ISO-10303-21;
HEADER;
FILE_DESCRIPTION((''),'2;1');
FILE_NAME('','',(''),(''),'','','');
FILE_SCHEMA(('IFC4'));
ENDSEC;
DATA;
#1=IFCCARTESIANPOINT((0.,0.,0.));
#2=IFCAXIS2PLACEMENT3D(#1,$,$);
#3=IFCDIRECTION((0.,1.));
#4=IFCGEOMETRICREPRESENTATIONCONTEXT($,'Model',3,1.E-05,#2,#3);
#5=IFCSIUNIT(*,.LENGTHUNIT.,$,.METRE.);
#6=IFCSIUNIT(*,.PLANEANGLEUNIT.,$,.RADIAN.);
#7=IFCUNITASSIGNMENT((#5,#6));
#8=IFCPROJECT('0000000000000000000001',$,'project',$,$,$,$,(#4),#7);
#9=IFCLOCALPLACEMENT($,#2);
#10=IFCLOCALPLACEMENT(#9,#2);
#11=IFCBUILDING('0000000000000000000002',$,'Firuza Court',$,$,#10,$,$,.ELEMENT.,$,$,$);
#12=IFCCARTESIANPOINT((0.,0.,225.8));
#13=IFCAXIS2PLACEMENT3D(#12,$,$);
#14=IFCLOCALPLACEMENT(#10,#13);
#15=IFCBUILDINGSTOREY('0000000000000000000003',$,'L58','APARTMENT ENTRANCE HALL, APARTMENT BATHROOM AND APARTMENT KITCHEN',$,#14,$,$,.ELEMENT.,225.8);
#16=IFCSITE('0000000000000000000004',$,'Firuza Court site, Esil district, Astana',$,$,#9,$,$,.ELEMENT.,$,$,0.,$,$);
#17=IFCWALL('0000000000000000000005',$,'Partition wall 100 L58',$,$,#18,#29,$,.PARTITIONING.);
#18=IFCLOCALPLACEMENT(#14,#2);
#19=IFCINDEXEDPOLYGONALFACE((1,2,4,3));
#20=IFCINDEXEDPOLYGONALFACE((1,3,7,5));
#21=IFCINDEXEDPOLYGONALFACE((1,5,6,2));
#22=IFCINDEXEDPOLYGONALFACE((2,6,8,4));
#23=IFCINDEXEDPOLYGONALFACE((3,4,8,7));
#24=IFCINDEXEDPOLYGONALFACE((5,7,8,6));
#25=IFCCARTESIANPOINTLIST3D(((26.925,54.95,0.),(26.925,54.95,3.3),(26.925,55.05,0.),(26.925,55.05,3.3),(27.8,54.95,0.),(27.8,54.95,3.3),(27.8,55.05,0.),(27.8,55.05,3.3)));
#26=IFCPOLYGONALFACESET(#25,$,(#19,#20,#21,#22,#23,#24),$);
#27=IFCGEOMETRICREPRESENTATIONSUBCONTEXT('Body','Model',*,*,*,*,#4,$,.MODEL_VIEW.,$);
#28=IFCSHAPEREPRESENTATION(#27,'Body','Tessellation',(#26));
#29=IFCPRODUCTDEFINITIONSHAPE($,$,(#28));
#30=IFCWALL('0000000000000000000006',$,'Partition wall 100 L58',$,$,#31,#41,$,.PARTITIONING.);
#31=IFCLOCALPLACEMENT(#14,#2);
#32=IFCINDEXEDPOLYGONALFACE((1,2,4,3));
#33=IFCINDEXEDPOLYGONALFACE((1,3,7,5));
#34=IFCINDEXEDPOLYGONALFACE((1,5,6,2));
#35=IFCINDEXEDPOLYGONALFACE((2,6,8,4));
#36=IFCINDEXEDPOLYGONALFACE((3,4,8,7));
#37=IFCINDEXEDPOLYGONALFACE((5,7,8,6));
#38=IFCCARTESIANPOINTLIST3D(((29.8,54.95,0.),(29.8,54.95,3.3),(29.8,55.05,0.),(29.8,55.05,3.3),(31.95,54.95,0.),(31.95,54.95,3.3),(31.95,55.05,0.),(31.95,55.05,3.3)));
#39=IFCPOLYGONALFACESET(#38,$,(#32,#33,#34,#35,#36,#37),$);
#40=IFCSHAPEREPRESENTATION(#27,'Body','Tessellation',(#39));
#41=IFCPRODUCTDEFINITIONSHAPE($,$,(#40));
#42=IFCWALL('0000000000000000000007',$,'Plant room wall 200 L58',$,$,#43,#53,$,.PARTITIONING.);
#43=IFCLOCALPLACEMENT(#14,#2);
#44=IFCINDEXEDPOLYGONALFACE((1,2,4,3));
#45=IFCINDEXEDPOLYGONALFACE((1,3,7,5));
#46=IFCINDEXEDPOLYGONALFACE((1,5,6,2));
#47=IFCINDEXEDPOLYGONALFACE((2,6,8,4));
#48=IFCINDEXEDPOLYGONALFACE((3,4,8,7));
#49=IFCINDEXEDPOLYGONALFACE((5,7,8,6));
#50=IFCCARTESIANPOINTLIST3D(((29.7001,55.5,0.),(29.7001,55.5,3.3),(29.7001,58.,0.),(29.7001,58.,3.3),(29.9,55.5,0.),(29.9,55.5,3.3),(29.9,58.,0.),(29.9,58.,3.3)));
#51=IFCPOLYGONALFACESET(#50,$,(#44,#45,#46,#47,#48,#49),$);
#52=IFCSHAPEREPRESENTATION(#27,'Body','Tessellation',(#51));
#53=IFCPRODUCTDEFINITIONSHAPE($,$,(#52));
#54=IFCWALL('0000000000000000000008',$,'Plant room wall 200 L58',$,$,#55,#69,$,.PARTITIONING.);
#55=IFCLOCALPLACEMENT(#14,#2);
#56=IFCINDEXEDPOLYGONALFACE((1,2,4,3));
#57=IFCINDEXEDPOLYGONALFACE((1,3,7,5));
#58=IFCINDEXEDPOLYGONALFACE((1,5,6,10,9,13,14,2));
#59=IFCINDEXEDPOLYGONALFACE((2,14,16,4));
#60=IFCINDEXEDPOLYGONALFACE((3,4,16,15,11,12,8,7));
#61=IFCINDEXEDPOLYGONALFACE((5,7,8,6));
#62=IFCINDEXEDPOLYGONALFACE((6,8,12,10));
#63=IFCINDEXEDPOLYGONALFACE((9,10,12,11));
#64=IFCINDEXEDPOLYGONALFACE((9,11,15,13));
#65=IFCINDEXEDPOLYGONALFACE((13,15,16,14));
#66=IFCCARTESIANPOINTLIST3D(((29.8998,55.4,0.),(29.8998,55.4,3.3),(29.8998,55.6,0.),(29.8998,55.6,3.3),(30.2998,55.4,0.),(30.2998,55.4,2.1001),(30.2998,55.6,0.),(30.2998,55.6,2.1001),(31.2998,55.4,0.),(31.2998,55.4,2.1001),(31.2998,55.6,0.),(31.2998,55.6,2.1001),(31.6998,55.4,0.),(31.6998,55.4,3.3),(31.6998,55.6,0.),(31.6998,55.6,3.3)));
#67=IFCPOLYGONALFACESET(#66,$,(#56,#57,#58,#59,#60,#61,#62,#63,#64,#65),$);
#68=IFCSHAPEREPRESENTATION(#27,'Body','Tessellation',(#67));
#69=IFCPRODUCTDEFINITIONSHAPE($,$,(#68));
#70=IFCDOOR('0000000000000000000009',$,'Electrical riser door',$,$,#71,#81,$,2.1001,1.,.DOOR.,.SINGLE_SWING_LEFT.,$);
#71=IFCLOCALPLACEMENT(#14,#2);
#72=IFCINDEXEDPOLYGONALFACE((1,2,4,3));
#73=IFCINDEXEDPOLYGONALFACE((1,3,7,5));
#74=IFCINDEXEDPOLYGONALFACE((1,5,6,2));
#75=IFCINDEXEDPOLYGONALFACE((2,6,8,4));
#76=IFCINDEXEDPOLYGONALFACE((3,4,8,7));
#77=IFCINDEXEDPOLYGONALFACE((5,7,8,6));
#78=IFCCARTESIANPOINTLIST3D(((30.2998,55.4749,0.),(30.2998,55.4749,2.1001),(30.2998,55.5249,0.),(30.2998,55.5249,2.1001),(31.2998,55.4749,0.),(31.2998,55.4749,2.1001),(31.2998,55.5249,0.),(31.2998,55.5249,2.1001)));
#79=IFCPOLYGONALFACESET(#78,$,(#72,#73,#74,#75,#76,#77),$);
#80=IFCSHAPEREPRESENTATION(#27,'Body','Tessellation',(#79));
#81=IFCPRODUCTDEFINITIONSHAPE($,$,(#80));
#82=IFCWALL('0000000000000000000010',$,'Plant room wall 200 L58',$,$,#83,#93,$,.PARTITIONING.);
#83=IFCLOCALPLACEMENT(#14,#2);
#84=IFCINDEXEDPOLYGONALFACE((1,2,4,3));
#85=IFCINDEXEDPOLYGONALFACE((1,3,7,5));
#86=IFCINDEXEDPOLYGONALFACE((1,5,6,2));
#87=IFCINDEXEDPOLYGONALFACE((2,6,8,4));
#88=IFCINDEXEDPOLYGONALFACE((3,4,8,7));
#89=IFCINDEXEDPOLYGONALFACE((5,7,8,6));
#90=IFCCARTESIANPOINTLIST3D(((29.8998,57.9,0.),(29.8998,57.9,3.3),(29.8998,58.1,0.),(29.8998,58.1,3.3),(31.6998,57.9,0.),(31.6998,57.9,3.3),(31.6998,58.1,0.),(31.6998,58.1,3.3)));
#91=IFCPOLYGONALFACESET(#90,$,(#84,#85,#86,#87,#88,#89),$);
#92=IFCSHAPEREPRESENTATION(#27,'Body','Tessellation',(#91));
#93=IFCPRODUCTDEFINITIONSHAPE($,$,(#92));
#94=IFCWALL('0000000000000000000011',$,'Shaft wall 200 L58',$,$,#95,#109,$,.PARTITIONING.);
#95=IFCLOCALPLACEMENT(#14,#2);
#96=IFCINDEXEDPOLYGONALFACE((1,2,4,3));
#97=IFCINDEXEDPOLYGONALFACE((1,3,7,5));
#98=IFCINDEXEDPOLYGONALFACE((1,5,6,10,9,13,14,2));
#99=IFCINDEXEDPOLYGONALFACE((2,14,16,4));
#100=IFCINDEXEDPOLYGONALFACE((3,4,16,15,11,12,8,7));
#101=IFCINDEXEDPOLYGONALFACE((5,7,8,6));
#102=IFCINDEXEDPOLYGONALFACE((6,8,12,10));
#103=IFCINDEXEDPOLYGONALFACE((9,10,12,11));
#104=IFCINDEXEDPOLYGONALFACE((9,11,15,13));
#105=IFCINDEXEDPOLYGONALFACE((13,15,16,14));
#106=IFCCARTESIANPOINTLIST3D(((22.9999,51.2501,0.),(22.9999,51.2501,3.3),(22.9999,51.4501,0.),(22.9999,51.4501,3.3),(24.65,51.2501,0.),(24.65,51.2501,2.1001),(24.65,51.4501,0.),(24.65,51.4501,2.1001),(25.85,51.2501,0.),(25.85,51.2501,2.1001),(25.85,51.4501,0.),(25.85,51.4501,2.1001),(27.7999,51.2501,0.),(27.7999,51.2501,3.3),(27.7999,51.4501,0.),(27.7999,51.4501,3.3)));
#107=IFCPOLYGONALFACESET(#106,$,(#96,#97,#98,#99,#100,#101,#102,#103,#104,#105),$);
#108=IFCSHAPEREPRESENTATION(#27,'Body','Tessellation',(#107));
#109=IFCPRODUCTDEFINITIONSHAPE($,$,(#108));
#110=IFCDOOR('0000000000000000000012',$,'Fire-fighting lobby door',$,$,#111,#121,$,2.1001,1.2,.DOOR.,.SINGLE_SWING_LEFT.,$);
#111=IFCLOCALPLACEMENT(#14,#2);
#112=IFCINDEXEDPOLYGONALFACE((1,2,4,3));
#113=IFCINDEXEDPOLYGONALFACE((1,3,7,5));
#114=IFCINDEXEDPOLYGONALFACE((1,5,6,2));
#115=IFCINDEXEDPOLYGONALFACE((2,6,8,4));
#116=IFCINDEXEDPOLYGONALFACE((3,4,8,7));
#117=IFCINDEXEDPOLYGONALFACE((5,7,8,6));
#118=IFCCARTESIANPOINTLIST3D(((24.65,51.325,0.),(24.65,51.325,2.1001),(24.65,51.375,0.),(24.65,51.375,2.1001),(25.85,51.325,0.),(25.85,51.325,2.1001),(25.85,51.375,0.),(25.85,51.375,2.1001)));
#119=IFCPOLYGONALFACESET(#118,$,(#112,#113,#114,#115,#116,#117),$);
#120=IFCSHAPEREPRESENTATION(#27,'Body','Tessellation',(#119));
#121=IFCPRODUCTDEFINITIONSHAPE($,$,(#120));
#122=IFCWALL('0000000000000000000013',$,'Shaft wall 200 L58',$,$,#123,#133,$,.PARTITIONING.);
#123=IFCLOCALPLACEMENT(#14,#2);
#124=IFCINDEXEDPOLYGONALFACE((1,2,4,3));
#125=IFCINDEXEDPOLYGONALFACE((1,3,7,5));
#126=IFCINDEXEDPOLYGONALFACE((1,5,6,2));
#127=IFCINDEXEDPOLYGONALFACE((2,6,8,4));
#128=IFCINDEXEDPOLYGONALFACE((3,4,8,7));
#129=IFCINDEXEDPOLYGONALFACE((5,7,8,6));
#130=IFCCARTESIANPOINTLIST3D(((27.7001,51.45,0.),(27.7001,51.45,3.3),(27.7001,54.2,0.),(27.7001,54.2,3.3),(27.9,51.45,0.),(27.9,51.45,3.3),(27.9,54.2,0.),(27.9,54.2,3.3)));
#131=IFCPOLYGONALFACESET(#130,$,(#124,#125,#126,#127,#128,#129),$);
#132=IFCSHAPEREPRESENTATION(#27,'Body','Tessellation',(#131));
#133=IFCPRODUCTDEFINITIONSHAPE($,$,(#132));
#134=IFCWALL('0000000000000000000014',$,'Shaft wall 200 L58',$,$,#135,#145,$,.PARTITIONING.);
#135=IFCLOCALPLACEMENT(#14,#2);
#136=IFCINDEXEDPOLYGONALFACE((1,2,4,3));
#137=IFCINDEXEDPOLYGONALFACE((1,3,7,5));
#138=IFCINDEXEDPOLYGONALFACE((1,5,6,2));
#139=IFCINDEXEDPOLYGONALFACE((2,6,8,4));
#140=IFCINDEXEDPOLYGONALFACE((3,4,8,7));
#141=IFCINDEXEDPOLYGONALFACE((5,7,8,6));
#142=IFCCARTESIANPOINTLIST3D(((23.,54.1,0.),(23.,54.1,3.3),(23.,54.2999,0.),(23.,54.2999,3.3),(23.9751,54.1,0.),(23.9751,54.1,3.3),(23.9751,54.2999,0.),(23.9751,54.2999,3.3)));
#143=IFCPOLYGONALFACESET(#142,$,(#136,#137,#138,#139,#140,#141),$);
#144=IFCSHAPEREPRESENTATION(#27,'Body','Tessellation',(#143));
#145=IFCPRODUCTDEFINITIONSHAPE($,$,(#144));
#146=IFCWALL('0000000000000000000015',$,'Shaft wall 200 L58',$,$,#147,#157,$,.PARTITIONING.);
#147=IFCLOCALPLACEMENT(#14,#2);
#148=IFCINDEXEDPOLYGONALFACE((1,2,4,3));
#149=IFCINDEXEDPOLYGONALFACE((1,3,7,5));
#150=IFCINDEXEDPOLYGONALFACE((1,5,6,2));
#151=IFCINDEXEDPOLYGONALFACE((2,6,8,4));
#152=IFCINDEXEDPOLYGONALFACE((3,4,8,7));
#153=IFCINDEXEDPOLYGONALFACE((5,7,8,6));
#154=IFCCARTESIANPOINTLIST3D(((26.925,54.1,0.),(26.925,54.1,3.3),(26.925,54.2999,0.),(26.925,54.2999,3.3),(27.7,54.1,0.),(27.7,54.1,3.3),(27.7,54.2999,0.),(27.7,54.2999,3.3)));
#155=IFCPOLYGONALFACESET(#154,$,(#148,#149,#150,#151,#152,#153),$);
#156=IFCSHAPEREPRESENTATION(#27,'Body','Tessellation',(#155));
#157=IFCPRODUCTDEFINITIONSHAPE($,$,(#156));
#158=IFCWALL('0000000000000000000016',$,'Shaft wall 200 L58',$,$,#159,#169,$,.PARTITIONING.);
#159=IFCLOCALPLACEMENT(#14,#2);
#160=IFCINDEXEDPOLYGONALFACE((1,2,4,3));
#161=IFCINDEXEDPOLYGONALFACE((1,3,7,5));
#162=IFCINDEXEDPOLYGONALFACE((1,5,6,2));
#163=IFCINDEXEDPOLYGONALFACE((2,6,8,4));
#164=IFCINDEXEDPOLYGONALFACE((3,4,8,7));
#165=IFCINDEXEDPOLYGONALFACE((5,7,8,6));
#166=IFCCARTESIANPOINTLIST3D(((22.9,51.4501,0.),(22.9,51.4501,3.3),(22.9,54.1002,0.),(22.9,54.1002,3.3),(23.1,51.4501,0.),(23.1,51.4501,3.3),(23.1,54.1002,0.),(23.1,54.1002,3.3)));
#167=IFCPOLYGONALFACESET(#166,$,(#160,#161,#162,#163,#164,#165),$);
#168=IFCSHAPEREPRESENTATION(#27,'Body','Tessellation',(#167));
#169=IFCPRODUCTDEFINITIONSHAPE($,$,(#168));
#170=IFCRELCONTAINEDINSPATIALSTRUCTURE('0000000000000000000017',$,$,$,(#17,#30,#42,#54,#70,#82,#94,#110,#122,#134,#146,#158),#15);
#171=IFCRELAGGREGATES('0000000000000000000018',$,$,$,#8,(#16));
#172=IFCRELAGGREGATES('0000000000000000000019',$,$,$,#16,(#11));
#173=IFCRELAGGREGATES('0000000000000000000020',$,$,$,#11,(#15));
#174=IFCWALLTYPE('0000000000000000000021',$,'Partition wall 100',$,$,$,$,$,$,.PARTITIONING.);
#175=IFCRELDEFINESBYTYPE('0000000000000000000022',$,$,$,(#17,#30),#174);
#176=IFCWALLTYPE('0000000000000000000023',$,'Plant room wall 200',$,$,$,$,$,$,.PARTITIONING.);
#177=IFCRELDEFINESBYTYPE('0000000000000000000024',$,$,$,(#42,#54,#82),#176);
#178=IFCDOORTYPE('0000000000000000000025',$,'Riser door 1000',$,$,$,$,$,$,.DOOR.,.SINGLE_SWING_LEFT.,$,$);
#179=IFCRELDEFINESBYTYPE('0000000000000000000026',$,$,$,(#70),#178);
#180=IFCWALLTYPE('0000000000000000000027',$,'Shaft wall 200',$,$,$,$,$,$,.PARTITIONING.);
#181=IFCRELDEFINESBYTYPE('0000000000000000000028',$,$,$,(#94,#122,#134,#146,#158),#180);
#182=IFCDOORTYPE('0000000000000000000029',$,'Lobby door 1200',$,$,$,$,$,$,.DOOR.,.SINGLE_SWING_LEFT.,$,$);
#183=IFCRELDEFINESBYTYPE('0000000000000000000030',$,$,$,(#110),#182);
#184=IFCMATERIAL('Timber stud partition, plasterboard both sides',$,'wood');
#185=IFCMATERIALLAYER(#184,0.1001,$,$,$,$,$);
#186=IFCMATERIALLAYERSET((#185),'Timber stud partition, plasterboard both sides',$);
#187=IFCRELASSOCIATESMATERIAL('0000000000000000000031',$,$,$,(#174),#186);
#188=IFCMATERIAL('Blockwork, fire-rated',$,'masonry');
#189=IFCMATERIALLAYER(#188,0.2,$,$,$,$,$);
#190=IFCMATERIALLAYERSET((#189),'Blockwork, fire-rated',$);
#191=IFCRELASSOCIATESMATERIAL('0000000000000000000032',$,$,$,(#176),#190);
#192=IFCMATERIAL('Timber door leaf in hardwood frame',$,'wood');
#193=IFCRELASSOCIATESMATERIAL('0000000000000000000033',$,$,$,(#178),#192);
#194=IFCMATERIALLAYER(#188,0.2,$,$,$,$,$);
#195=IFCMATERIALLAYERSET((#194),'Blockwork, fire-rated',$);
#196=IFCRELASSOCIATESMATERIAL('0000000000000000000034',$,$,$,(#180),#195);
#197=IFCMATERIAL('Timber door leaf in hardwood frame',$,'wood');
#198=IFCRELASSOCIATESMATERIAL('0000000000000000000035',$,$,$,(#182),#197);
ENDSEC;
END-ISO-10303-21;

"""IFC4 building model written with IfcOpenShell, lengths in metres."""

from ifc_helpers import new_model, si_unit, direction, frame, frame_2d, origin, place, context, subcontext, project, spatial, rectangle, extrude, material, layer, layer_set, type_object, element, fill, save


model = new_model("IFC4")

# Units and contexts
model_context = context("Model", 3, precision=1e-05, world=origin(), true_north=direction((0.0, 1.0)))
body_context = subcontext(model_context, "Body", "Model", "MODEL_VIEW")
ifc_project = project(units=[si_unit("LENGTHUNIT", "METRE"), si_unit("PLANEANGLEUNIT", "RADIAN")], contexts=[model_context])

# Site, building, storey
site_placement = place(None, origin())
site = spatial("IfcSite", under=ifc_project, at=site_placement, Name="Firuza Court site, Esil district, Astana", CompositionType="ELEMENT", RefElevation=0.0)
building_placement = place(site_placement, origin())
building = spatial("IfcBuilding", under=site, at=building_placement, Name="Firuza Court", CompositionType="ELEMENT")
storey_placement = place(building_placement, frame((0.0, 0.0, 225.8)))
storey = spatial("IfcBuildingStorey", under=building, at=storey_placement, Name="L58", Description="APARTMENT ENTRANCE HALL, APARTMENT BATHROOM AND APARTMENT KITCHEN", CompositionType="ELEMENT", Elevation=225.8)

# Walls
ifc_material_1 = material(Name="Timber stud partition, plasterboard both sides", Category="wood")
ifc_layer_1 = layer(ifc_material_1, 0.1001)
ifc_layer_set_1 = layer_set([ifc_layer_1], Name="Timber stud partition, plasterboard both sides")
wall_type_1 = type_object("IfcWallType", Name="Partition wall 100", PredefinedType="PARTITIONING", material=ifc_layer_set_1)
wall_1_placement = place(storey_placement, frame((26.925, 55.0, 0.0), z_axis=(0.0, 0.0, 1.0), x_axis=(1.0, 0.0, 0.0)))
element("IfcWall", 1, at=wall_1_placement, inside=storey, type_object=wall_type_1, Name="Partition wall 100 L58", PredefinedType="PARTITIONING", context=body_context, shape_type="SweptSolid", body=[
    extrude(rectangle(XDim=0.875, YDim=0.1001, at=frame_2d((0.4375, 0.0))), origin(), (0.0, 0.0, 1.0), 3.3),
])
wall_2_placement = place(storey_placement, frame((29.8, 55.0, 0.0), z_axis=(0.0, 0.0, 1.0), x_axis=(1.0, 0.0, 0.0)))
element("IfcWall", 2, at=wall_2_placement, inside=storey, type_object=wall_type_1, Name="Partition wall 100 L58", PredefinedType="PARTITIONING", context=body_context, shape_type="SweptSolid", body=[
    extrude(rectangle(XDim=2.1499, YDim=0.1001, at=frame_2d((1.075, 0.0))), origin(), (0.0, 0.0, 1.0), 3.3),
])
ifc_material_2 = material(Name="Blockwork, fire-rated", Category="masonry")
ifc_layer_2 = layer(ifc_material_2, 0.2)
ifc_layer_set_2 = layer_set([ifc_layer_2], Name="Blockwork, fire-rated")
wall_type_2 = type_object("IfcWallType", Name="Plant room wall 200", PredefinedType="PARTITIONING", material=ifc_layer_set_2)
wall_3_placement = place(storey_placement, frame((29.8, 55.5, 0.0), z_axis=(0.0, 0.0, 1.0), x_axis=(0.0, 1.0, 0.0)))
element("IfcWall", 3, at=wall_3_placement, inside=storey, type_object=wall_type_2, Name="Plant room wall 200 L58", PredefinedType="PARTITIONING", context=body_context, shape_type="SweptSolid", body=[
    extrude(rectangle(XDim=2.5, YDim=0.2, at=frame_2d((1.25, 0.0))), origin(), (0.0, 0.0, 1.0), 3.3),
])

# Wall, opening, door
wall_4_placement = place(storey_placement, frame((29.8999, 55.5, 0.0), z_axis=(0.0, 0.0, 1.0), x_axis=(1.0, 0.0, 0.0)))
wall_4 = element("IfcWall", 4, at=wall_4_placement, inside=storey, type_object=wall_type_2, Name="Plant room wall 200 L58", PredefinedType="PARTITIONING", context=body_context, shape_type="SweptSolid", body=[
    extrude(rectangle(XDim=1.8, YDim=0.2, at=frame_2d((0.8999, 0.0))), origin(), (0.0, 0.0, 1.0), 3.3),
])
opening_1_placement = place(wall_4_placement, frame((0.3999, 0.0, 0.0)))
opening_1 = element("IfcOpeningElement", 5, at=opening_1_placement, cuts=wall_4, PredefinedType="OPENING", context=body_context, shape_type="SweptSolid", body=[
    extrude(rectangle(XDim=1.0, YDim=2.1001, at=frame_2d((0.5, 1.05))), frame((0.0, 0.1118, 0.0), z_axis=(0.0, -1.0, 0.0), x_axis=(1.0, 0.0, 0.0)), (0.0, 0.0, 1.0), 0.2239),
])
ifc_material_3 = material(Name="Timber door leaf in hardwood frame", Category="wood")
door_type_1 = type_object("IfcDoorType", Name="Riser door 1000", OperationType="SINGLE_SWING_LEFT", PredefinedType="DOOR", material=ifc_material_3)
door_1_placement = place(opening_1_placement, origin())
door_1 = element("IfcDoor", 6, at=door_1_placement, inside=storey, type_object=door_type_1, Name="Electrical riser door", OperationType="SINGLE_SWING_LEFT", OverallHeight=2.1001, OverallWidth=1.0, PredefinedType="DOOR", context=body_context, shape_type="SweptSolid", body=[
    extrude(rectangle(XDim=1.0, YDim=2.1001, at=frame_2d((0.5, 1.05))), frame((0.0, 0.0249, 0.0), z_axis=(0.0, -1.0, 0.0), x_axis=(1.0, 0.0, 0.0)), (0.0, 0.0, 1.0), 0.05),
])
fill(opening_1, door_1)

# Wall
wall_5_placement = place(storey_placement, frame((29.8999, 58.0, 0.0), z_axis=(0.0, 0.0, 1.0), x_axis=(1.0, 0.0, 0.0)))
element("IfcWall", 7, at=wall_5_placement, inside=storey, type_object=wall_type_2, Name="Plant room wall 200 L58", PredefinedType="PARTITIONING", context=body_context, shape_type="SweptSolid", body=[
    extrude(rectangle(XDim=1.8, YDim=0.2, at=frame_2d((0.8999, 0.0))), origin(), (0.0, 0.0, 1.0), 3.3),
])

# Wall, opening, door
ifc_layer_3 = layer(ifc_material_2, 0.2)
ifc_layer_set_3 = layer_set([ifc_layer_3], Name="Blockwork, fire-rated")
wall_type_3 = type_object("IfcWallType", Name="Shaft wall 200", PredefinedType="PARTITIONING", material=ifc_layer_set_3)
wall_6_placement = place(storey_placement, frame((23.0, 51.3501, 0.0), z_axis=(0.0, 0.0, 1.0), x_axis=(1.0, 0.0, 0.0)))
wall_6 = element("IfcWall", 8, at=wall_6_placement, inside=storey, type_object=wall_type_3, Name="Shaft wall 200 L58", PredefinedType="PARTITIONING", context=body_context, shape_type="SweptSolid", body=[
    extrude(rectangle(XDim=4.8, YDim=0.2, at=frame_2d((2.3999, 0.0))), origin(), (0.0, 0.0, 1.0), 3.3),
])
opening_2_placement = place(wall_6_placement, frame((1.6499, 0.0, 0.0)))
opening_2 = element("IfcOpeningElement", 9, at=opening_2_placement, cuts=wall_6, PredefinedType="OPENING", context=body_context, shape_type="SweptSolid", body=[
    extrude(rectangle(XDim=1.2, YDim=2.1001, at=frame_2d((0.6001, 1.05))), frame((0.0, 0.1118, 0.0), z_axis=(0.0, -1.0, 0.0), x_axis=(1.0, 0.0, 0.0)), (0.0, 0.0, 1.0), 0.2239),
])
ifc_material_4 = material(Name="Timber door leaf in hardwood frame", Category="wood")
door_type_2 = type_object("IfcDoorType", Name="Lobby door 1200", OperationType="SINGLE_SWING_LEFT", PredefinedType="DOOR", material=ifc_material_4)
door_2_placement = place(opening_2_placement, origin())
door_2 = element("IfcDoor", 10, at=door_2_placement, inside=storey, type_object=door_type_2, Name="Fire-fighting lobby door", OperationType="SINGLE_SWING_LEFT", OverallHeight=2.1001, OverallWidth=1.2, PredefinedType="DOOR", context=body_context, shape_type="SweptSolid", body=[
    extrude(rectangle(XDim=1.2, YDim=2.1001, at=frame_2d((0.6001, 1.05))), frame((0.0, 0.0249, 0.0), z_axis=(0.0, -1.0, 0.0), x_axis=(1.0, 0.0, 0.0)), (0.0, 0.0, 1.0), 0.05),
])
fill(opening_2, door_2)

# Walls
wall_7_placement = place(storey_placement, frame((27.8, 51.45, 0.0), z_axis=(0.0, 0.0, 1.0), x_axis=(0.0, 1.0, 0.0)))
element("IfcWall", 11, at=wall_7_placement, inside=storey, type_object=wall_type_3, Name="Shaft wall 200 L58", PredefinedType="PARTITIONING", context=body_context, shape_type="SweptSolid", body=[
    extrude(rectangle(XDim=2.75, YDim=0.2, at=frame_2d((1.375, 0.0))), origin(), (0.0, 0.0, 1.0), 3.3),
])
wall_8_placement = place(storey_placement, frame((23.0, 54.2, 0.0), z_axis=(0.0, 0.0, 1.0), x_axis=(1.0, 0.0, 0.0)))
element("IfcWall", 12, at=wall_8_placement, inside=storey, type_object=wall_type_3, Name="Shaft wall 200 L58", PredefinedType="PARTITIONING", context=body_context, shape_type="SweptSolid", body=[
    extrude(rectangle(XDim=0.9751, YDim=0.2, at=frame_2d((0.4875, 0.0))), origin(), (0.0, 0.0, 1.0), 3.3),
])
wall_9_placement = place(storey_placement, frame((26.925, 54.2, 0.0), z_axis=(0.0, 0.0, 1.0), x_axis=(1.0, 0.0, 0.0)))
element("IfcWall", 13, at=wall_9_placement, inside=storey, type_object=wall_type_3, Name="Shaft wall 200 L58", PredefinedType="PARTITIONING", context=body_context, shape_type="SweptSolid", body=[
    extrude(rectangle(XDim=0.7749, YDim=0.2, at=frame_2d((0.3875, 0.0))), origin(), (0.0, 0.0, 1.0), 3.3),
])
wall_10_placement = place(storey_placement, frame((23.0, 51.45, 0.0), z_axis=(0.0, 0.0, 1.0), x_axis=(0.0, 1.0, 0.0)))
element("IfcWall", 14, at=wall_10_placement, inside=storey, type_object=wall_type_3, Name="Shaft wall 200 L58", PredefinedType="PARTITIONING", context=body_context, shape_type="SweptSolid", body=[
    extrude(rectangle(XDim=2.6501, YDim=0.2, at=frame_2d((1.3252, 0.0))), origin(), (0.0, 0.0, 1.0), 3.3),
])

save(model, "model.ifc")
